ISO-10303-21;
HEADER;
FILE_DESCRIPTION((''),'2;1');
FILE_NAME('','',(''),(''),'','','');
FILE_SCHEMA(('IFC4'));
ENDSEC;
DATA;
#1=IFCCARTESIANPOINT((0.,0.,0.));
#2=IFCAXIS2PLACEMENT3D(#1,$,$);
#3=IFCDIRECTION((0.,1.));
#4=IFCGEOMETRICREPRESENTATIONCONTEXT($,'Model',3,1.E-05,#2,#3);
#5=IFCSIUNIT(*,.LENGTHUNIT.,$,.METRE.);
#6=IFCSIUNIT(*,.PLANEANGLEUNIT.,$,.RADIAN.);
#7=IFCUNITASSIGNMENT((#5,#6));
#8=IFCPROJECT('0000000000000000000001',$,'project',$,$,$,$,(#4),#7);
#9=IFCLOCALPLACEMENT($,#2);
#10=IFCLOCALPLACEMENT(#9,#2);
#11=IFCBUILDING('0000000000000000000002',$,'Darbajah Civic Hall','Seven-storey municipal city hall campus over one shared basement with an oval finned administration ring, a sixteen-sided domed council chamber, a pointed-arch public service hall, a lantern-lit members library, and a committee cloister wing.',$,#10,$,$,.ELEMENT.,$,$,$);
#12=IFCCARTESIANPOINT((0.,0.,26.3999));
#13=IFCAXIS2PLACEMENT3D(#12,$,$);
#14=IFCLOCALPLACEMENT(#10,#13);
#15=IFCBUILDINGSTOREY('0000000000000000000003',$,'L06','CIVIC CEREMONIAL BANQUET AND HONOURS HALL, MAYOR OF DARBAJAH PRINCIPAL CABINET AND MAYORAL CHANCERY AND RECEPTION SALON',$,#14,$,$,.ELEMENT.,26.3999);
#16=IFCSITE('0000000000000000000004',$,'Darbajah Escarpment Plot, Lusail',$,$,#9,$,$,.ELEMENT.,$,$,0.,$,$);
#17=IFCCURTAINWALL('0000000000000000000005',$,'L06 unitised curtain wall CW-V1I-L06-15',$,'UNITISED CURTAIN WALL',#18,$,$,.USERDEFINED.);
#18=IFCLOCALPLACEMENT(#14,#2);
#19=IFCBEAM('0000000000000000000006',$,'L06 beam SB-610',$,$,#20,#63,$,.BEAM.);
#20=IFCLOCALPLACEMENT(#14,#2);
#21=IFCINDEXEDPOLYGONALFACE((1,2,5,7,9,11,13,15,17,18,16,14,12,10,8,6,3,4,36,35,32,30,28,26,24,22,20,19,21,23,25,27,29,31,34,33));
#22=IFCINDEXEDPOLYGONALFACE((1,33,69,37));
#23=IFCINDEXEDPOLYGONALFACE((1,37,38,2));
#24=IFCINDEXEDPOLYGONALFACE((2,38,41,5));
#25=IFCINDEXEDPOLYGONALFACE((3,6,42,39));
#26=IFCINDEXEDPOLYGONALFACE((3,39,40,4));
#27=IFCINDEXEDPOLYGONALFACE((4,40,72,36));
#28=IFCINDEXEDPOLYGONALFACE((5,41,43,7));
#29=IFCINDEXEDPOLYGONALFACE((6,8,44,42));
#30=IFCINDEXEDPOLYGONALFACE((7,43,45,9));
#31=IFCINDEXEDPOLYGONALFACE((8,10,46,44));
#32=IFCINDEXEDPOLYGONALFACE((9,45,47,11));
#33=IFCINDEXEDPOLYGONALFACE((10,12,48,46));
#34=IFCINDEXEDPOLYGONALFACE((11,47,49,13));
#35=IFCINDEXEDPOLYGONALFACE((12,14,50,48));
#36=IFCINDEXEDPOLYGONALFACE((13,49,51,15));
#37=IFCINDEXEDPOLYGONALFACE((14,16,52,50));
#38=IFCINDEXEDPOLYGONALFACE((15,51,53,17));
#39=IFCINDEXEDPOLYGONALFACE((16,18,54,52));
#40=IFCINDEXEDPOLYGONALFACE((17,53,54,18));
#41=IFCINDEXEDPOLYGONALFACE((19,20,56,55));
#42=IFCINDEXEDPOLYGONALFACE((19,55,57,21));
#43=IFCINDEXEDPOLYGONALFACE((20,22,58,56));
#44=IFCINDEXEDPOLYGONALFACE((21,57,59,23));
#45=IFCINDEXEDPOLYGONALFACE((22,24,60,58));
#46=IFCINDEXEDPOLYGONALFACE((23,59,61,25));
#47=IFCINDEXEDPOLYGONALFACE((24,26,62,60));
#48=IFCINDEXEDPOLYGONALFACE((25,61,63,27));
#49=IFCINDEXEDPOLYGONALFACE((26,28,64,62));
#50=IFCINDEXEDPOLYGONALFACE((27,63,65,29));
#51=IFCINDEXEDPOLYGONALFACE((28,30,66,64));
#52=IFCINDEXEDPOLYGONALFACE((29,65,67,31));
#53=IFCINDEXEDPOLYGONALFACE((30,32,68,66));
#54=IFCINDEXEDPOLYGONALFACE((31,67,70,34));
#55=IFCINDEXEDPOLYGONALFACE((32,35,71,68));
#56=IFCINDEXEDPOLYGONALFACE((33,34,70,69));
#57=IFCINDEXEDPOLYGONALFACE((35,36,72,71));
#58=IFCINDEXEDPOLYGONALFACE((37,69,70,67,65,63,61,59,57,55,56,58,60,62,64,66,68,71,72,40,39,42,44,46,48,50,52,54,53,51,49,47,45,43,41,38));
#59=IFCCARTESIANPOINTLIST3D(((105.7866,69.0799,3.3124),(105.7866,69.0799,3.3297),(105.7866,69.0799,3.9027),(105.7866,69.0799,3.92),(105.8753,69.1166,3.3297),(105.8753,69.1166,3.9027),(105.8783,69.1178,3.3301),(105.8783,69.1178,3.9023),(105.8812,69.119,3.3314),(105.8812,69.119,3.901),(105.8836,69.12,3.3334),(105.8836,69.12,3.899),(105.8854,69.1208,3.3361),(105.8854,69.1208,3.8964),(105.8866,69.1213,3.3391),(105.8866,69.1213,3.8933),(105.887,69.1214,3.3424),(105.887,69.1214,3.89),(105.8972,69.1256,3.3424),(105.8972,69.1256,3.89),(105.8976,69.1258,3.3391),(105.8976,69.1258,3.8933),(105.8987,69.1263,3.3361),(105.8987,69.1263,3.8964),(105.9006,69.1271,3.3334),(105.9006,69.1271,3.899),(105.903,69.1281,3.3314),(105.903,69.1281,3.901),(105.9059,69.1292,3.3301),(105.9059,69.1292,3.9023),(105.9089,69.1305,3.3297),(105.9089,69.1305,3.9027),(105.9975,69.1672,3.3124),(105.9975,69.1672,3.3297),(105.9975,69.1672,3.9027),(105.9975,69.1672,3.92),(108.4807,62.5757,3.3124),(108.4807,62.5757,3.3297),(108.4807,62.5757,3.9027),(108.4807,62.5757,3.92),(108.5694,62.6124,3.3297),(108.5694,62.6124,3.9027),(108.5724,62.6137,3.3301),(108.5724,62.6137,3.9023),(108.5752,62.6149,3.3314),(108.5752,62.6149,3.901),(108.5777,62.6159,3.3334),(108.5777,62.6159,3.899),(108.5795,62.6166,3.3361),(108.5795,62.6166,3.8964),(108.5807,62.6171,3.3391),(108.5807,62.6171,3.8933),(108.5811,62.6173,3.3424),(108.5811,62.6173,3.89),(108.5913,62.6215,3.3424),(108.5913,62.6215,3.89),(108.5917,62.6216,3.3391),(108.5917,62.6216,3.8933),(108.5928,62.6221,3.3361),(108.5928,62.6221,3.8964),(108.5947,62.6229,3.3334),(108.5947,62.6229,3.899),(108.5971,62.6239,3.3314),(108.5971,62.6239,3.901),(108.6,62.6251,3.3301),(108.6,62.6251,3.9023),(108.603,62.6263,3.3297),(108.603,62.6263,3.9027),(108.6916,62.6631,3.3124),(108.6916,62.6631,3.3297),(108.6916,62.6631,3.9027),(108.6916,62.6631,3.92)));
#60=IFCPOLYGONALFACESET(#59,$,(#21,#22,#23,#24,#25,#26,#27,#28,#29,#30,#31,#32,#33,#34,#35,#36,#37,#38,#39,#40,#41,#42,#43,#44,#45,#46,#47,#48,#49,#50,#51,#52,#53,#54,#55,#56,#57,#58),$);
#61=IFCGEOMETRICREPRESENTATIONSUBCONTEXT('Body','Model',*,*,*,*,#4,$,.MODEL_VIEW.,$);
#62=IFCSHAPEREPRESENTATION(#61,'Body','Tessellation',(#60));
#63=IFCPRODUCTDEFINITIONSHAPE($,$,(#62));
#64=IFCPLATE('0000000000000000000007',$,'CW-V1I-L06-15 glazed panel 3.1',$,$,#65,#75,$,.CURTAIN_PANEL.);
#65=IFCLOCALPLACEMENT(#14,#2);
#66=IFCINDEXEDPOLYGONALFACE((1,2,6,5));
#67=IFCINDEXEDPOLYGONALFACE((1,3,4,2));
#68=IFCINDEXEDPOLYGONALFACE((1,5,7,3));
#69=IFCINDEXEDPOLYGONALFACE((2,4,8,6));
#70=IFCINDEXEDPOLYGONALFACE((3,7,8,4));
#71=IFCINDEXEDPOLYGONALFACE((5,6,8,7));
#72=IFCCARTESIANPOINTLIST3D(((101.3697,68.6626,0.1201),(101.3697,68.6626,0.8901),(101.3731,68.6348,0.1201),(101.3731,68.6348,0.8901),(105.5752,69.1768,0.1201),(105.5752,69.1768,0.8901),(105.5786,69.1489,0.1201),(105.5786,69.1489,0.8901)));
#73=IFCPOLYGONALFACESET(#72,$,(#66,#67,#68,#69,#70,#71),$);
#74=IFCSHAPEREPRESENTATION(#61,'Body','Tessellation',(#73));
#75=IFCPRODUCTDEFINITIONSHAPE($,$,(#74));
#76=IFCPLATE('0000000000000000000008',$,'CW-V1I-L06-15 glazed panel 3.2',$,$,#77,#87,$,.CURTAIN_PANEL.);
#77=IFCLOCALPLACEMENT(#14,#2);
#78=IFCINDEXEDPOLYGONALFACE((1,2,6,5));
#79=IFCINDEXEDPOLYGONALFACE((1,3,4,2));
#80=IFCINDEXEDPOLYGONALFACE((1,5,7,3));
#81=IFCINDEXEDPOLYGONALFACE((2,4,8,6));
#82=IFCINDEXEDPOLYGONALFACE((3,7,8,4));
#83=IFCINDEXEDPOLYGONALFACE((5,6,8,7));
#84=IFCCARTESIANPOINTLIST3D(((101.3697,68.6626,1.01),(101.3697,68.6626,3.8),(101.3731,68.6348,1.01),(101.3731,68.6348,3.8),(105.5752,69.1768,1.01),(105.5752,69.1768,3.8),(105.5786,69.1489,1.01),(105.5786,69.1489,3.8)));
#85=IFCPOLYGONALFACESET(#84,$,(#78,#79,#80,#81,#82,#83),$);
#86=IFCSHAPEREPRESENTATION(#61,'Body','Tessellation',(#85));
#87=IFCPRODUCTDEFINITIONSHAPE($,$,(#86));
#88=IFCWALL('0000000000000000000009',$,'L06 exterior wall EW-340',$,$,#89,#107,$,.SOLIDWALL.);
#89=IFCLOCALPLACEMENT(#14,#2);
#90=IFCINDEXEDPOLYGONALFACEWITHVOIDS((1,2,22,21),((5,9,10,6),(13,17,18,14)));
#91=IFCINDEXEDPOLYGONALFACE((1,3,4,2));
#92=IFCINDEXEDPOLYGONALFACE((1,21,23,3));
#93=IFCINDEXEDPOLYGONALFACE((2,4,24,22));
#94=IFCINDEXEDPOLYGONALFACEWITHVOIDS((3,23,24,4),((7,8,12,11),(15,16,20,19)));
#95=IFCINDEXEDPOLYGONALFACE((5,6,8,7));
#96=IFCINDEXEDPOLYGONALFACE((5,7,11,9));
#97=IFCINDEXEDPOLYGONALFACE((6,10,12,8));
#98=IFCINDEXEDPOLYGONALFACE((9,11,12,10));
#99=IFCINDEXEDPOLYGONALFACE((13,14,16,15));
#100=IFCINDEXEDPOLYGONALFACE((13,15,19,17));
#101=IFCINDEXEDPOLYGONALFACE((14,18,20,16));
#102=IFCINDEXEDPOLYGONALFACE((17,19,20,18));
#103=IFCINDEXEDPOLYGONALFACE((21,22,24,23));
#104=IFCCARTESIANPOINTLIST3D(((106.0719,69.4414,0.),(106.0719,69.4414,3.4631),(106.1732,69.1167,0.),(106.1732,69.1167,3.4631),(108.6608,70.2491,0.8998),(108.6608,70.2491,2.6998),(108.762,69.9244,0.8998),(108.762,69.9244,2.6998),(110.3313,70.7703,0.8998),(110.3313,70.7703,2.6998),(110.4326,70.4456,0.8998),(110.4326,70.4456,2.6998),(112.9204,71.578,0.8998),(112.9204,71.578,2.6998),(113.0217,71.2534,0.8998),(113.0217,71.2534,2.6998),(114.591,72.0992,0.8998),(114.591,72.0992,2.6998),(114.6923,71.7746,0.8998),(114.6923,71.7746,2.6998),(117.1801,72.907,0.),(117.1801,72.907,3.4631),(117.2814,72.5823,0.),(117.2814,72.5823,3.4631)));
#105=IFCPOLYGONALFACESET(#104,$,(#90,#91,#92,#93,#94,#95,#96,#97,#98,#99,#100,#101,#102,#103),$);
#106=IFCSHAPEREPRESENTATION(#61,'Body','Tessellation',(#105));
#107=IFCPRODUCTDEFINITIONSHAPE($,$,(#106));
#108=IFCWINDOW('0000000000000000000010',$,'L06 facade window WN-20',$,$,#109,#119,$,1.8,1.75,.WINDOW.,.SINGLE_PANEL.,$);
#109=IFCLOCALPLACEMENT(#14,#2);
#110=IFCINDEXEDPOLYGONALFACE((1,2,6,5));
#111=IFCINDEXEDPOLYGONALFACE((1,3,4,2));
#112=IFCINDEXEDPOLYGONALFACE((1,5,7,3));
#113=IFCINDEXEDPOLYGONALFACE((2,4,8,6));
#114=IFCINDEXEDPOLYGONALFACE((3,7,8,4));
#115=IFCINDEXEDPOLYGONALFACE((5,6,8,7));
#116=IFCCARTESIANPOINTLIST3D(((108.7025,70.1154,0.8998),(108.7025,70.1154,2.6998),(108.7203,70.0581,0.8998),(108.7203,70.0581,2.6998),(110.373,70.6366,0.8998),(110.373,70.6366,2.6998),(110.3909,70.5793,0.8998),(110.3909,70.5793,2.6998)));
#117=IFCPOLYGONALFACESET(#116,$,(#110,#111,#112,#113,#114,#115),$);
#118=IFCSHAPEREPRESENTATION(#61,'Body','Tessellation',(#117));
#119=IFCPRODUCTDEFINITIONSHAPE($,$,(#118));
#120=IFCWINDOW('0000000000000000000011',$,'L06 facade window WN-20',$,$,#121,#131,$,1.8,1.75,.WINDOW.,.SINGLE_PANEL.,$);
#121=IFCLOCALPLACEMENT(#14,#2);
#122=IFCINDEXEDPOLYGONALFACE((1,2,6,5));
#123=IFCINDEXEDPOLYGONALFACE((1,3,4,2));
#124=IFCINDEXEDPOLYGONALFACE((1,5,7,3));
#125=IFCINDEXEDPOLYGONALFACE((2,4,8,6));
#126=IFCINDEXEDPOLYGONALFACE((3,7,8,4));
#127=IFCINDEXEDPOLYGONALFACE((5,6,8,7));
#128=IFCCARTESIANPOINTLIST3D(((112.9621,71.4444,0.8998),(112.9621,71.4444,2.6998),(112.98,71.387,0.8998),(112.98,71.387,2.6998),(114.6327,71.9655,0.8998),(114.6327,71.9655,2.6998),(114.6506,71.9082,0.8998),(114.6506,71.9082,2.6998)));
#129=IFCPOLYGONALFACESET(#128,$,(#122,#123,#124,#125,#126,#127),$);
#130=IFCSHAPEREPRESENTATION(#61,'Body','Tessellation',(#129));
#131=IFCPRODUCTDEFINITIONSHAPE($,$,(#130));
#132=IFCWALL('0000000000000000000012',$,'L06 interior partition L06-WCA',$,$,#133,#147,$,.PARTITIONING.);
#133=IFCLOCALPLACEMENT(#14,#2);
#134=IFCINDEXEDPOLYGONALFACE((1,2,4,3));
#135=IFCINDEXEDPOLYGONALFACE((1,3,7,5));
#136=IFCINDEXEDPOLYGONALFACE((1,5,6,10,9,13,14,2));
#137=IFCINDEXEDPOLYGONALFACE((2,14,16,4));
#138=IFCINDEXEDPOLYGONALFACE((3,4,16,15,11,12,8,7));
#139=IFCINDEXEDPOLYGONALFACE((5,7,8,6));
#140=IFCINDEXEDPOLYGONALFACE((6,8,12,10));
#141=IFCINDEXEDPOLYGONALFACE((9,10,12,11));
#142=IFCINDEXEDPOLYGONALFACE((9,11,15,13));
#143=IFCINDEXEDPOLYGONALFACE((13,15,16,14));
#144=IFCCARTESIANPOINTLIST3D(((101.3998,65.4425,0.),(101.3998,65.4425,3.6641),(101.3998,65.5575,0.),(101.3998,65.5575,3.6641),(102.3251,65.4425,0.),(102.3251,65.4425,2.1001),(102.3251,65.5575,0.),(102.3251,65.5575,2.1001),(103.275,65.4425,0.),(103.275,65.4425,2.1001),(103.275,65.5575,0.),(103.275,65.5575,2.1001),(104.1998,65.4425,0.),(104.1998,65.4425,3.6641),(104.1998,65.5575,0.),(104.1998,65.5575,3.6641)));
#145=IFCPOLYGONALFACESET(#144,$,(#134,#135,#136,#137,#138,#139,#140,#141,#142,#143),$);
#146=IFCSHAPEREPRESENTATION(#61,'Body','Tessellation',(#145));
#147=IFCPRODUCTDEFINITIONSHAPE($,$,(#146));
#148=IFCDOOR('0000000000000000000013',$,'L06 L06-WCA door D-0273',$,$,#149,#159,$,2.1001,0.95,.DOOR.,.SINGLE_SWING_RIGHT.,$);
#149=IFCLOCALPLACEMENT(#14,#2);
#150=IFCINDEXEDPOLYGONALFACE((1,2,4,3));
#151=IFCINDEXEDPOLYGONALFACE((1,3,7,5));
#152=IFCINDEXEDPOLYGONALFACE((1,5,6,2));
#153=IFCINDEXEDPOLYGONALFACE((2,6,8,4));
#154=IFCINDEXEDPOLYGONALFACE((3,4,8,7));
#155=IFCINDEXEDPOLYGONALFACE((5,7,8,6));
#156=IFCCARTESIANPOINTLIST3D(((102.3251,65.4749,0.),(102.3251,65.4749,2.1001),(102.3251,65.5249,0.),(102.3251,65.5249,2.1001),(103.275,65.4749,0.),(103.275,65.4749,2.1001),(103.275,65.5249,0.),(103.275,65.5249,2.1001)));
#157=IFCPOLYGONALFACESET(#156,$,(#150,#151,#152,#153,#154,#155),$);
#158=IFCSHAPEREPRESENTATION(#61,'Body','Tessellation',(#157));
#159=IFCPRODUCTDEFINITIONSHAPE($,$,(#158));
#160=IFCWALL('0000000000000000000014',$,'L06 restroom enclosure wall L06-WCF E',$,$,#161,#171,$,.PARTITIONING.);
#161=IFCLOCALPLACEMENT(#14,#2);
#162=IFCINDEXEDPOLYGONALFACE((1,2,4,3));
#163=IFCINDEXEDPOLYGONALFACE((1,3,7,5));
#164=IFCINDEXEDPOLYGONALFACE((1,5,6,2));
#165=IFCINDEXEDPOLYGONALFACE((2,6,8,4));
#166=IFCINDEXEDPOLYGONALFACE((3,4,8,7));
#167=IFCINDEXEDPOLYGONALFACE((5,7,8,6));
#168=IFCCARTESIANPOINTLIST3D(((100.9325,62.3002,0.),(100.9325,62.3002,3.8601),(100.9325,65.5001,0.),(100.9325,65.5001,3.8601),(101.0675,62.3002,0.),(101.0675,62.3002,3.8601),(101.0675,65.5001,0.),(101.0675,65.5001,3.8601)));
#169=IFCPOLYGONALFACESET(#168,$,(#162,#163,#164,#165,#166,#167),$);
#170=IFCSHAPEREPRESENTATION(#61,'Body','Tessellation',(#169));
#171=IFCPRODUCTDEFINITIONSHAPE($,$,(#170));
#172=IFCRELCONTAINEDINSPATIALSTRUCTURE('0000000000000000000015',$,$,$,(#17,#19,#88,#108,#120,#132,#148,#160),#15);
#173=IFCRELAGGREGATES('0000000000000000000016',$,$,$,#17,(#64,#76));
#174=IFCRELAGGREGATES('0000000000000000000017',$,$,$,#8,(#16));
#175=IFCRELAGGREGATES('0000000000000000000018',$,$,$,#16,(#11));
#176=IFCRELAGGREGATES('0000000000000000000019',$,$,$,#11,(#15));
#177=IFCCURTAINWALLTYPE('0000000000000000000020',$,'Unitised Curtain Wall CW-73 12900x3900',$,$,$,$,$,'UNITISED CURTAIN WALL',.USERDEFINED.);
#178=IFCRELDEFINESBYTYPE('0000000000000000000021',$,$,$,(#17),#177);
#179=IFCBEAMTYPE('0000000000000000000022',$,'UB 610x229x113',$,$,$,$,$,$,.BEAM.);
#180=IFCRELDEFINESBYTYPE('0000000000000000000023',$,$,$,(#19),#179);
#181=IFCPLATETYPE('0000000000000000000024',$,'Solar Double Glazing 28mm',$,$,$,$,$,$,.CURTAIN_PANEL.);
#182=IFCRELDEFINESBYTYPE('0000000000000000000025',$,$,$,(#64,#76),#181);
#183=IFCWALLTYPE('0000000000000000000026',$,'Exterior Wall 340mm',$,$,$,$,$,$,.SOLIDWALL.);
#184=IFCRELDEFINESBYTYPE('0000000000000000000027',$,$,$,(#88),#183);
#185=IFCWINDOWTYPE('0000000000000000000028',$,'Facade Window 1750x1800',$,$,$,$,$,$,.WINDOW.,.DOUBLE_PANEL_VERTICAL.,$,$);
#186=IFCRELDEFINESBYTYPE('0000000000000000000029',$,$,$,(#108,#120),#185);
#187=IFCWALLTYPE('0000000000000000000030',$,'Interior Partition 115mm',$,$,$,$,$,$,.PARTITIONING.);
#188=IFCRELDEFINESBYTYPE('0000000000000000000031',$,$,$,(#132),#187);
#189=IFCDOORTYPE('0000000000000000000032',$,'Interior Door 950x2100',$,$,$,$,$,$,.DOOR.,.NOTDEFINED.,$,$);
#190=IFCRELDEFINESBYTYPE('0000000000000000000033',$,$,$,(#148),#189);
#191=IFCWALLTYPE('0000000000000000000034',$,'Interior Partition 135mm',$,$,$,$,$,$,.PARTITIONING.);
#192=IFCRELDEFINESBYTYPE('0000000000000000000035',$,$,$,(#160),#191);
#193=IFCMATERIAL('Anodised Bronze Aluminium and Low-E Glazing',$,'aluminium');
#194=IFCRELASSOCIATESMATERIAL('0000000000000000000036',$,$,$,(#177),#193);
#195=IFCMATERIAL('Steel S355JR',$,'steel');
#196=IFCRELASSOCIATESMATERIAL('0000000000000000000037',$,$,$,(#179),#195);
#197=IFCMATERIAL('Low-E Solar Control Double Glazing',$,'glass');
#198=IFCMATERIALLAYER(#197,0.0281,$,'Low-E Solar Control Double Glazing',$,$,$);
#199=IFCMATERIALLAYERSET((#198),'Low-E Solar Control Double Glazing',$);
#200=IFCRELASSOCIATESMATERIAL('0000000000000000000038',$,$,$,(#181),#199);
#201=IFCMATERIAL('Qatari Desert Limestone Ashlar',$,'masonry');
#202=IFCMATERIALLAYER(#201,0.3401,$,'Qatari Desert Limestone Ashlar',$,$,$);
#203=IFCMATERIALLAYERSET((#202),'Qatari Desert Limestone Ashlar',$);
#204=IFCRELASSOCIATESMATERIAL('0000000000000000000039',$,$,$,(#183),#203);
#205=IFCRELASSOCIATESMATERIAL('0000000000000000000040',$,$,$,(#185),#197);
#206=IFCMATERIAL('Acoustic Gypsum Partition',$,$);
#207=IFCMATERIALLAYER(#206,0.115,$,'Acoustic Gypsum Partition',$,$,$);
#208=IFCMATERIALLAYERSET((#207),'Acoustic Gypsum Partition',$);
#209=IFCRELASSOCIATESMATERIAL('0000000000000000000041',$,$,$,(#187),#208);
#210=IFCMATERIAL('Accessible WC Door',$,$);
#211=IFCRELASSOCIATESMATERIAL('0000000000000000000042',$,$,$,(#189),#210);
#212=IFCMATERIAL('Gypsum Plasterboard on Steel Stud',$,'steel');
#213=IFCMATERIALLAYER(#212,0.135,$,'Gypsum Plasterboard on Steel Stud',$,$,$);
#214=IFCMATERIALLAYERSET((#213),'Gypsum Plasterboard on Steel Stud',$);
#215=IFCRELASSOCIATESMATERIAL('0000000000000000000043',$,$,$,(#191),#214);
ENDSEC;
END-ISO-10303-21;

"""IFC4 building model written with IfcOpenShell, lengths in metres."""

from ifc_helpers import new_model, si_unit, direction, frame, frame_2d, origin, origin_2d, place, context, subcontext, project, spatial, rectangle, i_section, extrude, material, layer, layer_set, material_profile, profile_set, type_object, element, fill, aggregate, save


model = new_model("IFC4")

# Units and contexts
model_context = context("Model", 3, precision=1e-05, world=origin(), true_north=direction((0.0, 1.0)))
body_context = subcontext(model_context, "Body", "Model", "MODEL_VIEW")
ifc_project = project(units=[si_unit("LENGTHUNIT", "METRE"), si_unit("PLANEANGLEUNIT", "RADIAN")], contexts=[model_context])

# Site, building, storey
site_placement = place(None, origin())
site = spatial("IfcSite", under=ifc_project, at=site_placement, Name="Darbajah Escarpment Plot, Lusail", CompositionType="ELEMENT", RefElevation=0.0)
building_placement = place(site_placement, origin())
building = spatial("IfcBuilding", under=site, at=building_placement, Name="Darbajah Civic Hall", Description="Seven-storey municipal city hall campus over one shared basement with an oval finned administration ring, a sixteen-sided domed council chamber, a pointed-arch public service hall, a lantern-lit members library, and a committee cloister wing.", CompositionType="ELEMENT")
storey_placement = place(building_placement, frame((0.0, 0.0, 26.3999)))
storey = spatial("IfcBuildingStorey", under=building, at=storey_placement, Name="L06", Description="CIVIC CEREMONIAL BANQUET AND HONOURS HALL, MAYOR OF DARBAJAH PRINCIPAL CABINET AND MAYORAL CHANCERY AND RECEPTION SALON", CompositionType="ELEMENT", Elevation=26.3999)

# Curtain wall
ifc_material_1 = material(Name="Anodised Bronze Aluminium and Low-E Glazing", Category="aluminium")
curtain_wall_type_1 = type_object("IfcCurtainWallType", Name="Unitised Curtain Wall CW-73 12900x3900", ElementType="UNITISED CURTAIN WALL", PredefinedType="USERDEFINED", material=ifc_material_1)
curtain_wall_1_placement = place(storey_placement, origin())
curtain_wall_1 = element("IfcCurtainWall", 1, at=curtain_wall_1_placement, inside=storey, type_object=curtain_wall_type_1, Name="L06 unitised curtain wall CW-V1I-L06-15", ObjectType="UNITISED CURTAIN WALL", PredefinedType="USERDEFINED")

# Beam
ifc_material_2 = material(Name="Steel S355JR", Category="steel")
ifc_material_profile_1 = material_profile(ifc_material_2, i_section(OverallWidth=0.2283, OverallDepth=0.6077, WebThickness=0.011, FlangeThickness=0.0173, FilletRadius=0.0127, at=origin_2d()), Name="UB 610x229x113")
ifc_profile_set_1 = profile_set([ifc_material_profile_1], Name="Steel S355JR")
beam_type_1 = type_object("IfcBeamType", Name="UB 610x229x113", PredefinedType="BEAM", material=ifc_profile_set_1)
beam_1_placement = place(storey_placement, frame((105.8921, 69.1235, 3.6162), z_axis=(0.382682, -0.92388, 0.0), x_axis=(0.92388, 0.382682, 0.0)))
element("IfcBeam", 2, at=beam_1_placement, inside=storey, type_object=beam_type_1, Name="L06 beam SB-610", PredefinedType="BEAM", context=body_context, shape_type="SweptSolid", body=[
    extrude(i_section(OverallWidth=0.2283, OverallDepth=0.6077, WebThickness=0.011, FlangeThickness=0.0173, FilletRadius=0.0127, at=origin_2d()), origin(), (0.0, 0.0, 1.0), 7.04),
])

# Plates
ifc_material_3 = material(Name="Low-E Solar Control Double Glazing", Category="glass")
ifc_layer_1 = layer(ifc_material_3, 0.0281, Name="Low-E Solar Control Double Glazing")
ifc_layer_set_1 = layer_set([ifc_layer_1], Name="Low-E Solar Control Double Glazing")
plate_type = type_object("IfcPlateType", Name="Solar Double Glazing 28mm", PredefinedType="CURTAIN_PANEL", material=ifc_layer_set_1)
plate_1_placement = place(storey_placement, frame((103.4741, 68.9058, 0.1201), z_axis=(0.0, 0.0, 1.0), x_axis=(0.99261, 0.12135, 0.0)))
plate_1 = element("IfcPlate", 3, at=plate_1_placement, type_object=plate_type, Name="CW-V1I-L06-15 glazed panel 3.1", PredefinedType="CURTAIN_PANEL", context=body_context, shape_type="SweptSolid", body=[
    extrude(rectangle(XDim=4.2368, YDim=0.0281, at=origin_2d()), origin(), (0.0, 0.0, 1.0), 0.77),
])
plate_2_placement = place(storey_placement, frame((103.4741, 68.9058, 1.01), z_axis=(0.0, 0.0, 1.0), x_axis=(0.99261, 0.12135, 0.0)))
plate_2 = element("IfcPlate", 4, at=plate_2_placement, type_object=plate_type, Name="CW-V1I-L06-15 glazed panel 3.2", PredefinedType="CURTAIN_PANEL", context=body_context, shape_type="SweptSolid", body=[
    extrude(rectangle(XDim=4.2368, YDim=0.0281, at=origin_2d()), origin(), (0.0, 0.0, 1.0), 2.79),
])
aggregate(curtain_wall_1, [plate_1, plate_2])

# Wall, openings, windows
ifc_material_4 = material(Name="Qatari Desert Limestone Ashlar", Category="masonry")
ifc_layer_2 = layer(ifc_material_4, 0.3401, Name="Qatari Desert Limestone Ashlar")
ifc_layer_set_2 = layer_set([ifc_layer_2], Name="Qatari Desert Limestone Ashlar")
wall_type_1 = type_object("IfcWallType", Name="Exterior Wall 340mm", PredefinedType="SOLIDWALL", material=ifc_layer_set_2)
wall_1_placement = place(storey_placement, frame((106.1226, 69.2791, 0.0), z_axis=(0.0, 0.0, 1.0), x_axis=(0.95462, 0.297827, 0.0)))
wall_1 = element("IfcWall", 5, at=wall_1_placement, inside=storey, type_object=wall_type_1, Name="L06 exterior wall EW-340", PredefinedType="SOLIDWALL", context=body_context, shape_type="SweptSolid", body=[
    extrude(rectangle(XDim=11.6362, YDim=0.3401, at=frame_2d((5.8181, 0.0))), origin(), (0.0, 0.0, 1.0), 3.4631),
])
opening_1_placement = place(wall_1_placement, frame((2.7119, 0.0, 0.8999)))
opening_1 = element("IfcOpeningElement", 6, at=opening_1_placement, cuts=wall_1, PredefinedType="OPENING", context=body_context, shape_type="SweptSolid", body=[
    extrude(rectangle(XDim=1.75, YDim=1.8, at=frame_2d((0.875, 0.8999))), frame((0.0, 0.1799, 0.0), z_axis=(0.0, -1.0, 0.0), x_axis=(1.0, 0.0, 0.0)), (0.0, 0.0, 1.0), 0.3601),
])
opening_2_placement = place(wall_1_placement, frame((7.1741, 0.0, 0.8999)))
opening_2 = element("IfcOpeningElement", 7, at=opening_2_placement, cuts=wall_1, PredefinedType="OPENING", context=body_context, shape_type="SweptSolid", body=[
    extrude(rectangle(XDim=1.75, YDim=1.8, at=frame_2d((0.875, 0.8999))), frame((0.0, 0.1799, 0.0), z_axis=(0.0, -1.0, 0.0), x_axis=(1.0, 0.0, 0.0)), (0.0, 0.0, 1.0), 0.3601),
])
window_type = type_object("IfcWindowType", Name="Facade Window 1750x1800", PartitioningType="DOUBLE_PANEL_VERTICAL", PredefinedType="WINDOW", material=ifc_material_3)
window_1_placement = place(opening_1_placement, origin())
window_1 = element("IfcWindow", 8, at=window_1_placement, inside=storey, type_object=window_type, Name="L06 facade window WN-20", OverallHeight=1.8, OverallWidth=1.75, PartitioningType="SINGLE_PANEL", PredefinedType="WINDOW", context=body_context, shape_type="SweptSolid", body=[
    extrude(rectangle(XDim=1.75, YDim=1.8, at=frame_2d((0.875, 0.8999))), frame((0.0, 0.03, 0.0), z_axis=(0.0, -1.0, 0.0), x_axis=(1.0, 0.0, 0.0)), (0.0, 0.0, 1.0), 0.0601),
])
fill(opening_1, window_1)
window_2_placement = place(opening_2_placement, origin())
window_2 = element("IfcWindow", 9, at=window_2_placement, inside=storey, type_object=window_type, Name="L06 facade window WN-20", OverallHeight=1.8, OverallWidth=1.75, PartitioningType="SINGLE_PANEL", PredefinedType="WINDOW", context=body_context, shape_type="SweptSolid", body=[
    extrude(rectangle(XDim=1.75, YDim=1.8, at=frame_2d((0.875, 0.8999))), frame((0.0, 0.03, 0.0), z_axis=(0.0, -1.0, 0.0), x_axis=(1.0, 0.0, 0.0)), (0.0, 0.0, 1.0), 0.0601),
])
fill(opening_2, window_2)

# Wall, opening, door
ifc_material_5 = material(Name="Acoustic Gypsum Partition")
ifc_layer_3 = layer(ifc_material_5, 0.115, Name="Acoustic Gypsum Partition")
ifc_layer_set_3 = layer_set([ifc_layer_3], Name="Acoustic Gypsum Partition")
wall_type_2 = type_object("IfcWallType", Name="Interior Partition 115mm", PredefinedType="PARTITIONING", material=ifc_layer_set_3)
wall_2_placement = place(storey_placement, frame((101.3999, 65.5, 0.0), z_axis=(0.0, 0.0, 1.0), x_axis=(1.0, 0.0, 0.0)))
wall_2 = element("IfcWall", 10, at=wall_2_placement, inside=storey, type_object=wall_type_2, Name="L06 interior partition L06-WCA", PredefinedType="PARTITIONING", context=body_context, shape_type="SweptSolid", body=[
    extrude(rectangle(XDim=2.8, YDim=0.115, at=frame_2d((1.3999, 0.0))), origin(), (0.0, 0.0, 1.0), 3.6641),
])
opening_3_placement = place(wall_2_placement, frame((0.925, 0.0, 0.0)))
opening_3 = element("IfcOpeningElement", 11, at=opening_3_placement, cuts=wall_2, PredefinedType="OPENING", context=body_context, shape_type="SweptSolid", body=[
    extrude(rectangle(XDim=0.95, YDim=2.1001, at=frame_2d((0.4751, 1.05))), frame((0.0, 0.0674, 0.0), z_axis=(0.0, -1.0, 0.0), x_axis=(1.0, 0.0, 0.0)), (0.0, 0.0, 1.0), 0.135),
])
ifc_material_6 = material(Name="Accessible WC Door")
door_type = type_object("IfcDoorType", Name="Interior Door 950x2100", OperationType="NOTDEFINED", PredefinedType="DOOR", material=ifc_material_6)
door_placement = place(opening_3_placement, origin())
door = element("IfcDoor", 12, at=door_placement, inside=storey, type_object=door_type, Name="L06 L06-WCA door D-0273", OperationType="SINGLE_SWING_RIGHT", OverallHeight=2.1001, OverallWidth=0.95, PredefinedType="DOOR", context=body_context, shape_type="SweptSolid", body=[
    extrude(rectangle(XDim=0.95, YDim=2.1001, at=frame_2d((0.4751, 1.05))), frame((0.0, 0.0249, 0.0), z_axis=(0.0, -1.0, 0.0), x_axis=(1.0, 0.0, 0.0)), (0.0, 0.0, 1.0), 0.05),
])
fill(opening_3, door)

# Wall
ifc_material_7 = material(Name="Gypsum Plasterboard on Steel Stud", Category="steel")
ifc_layer_4 = layer(ifc_material_7, 0.135, Name="Gypsum Plasterboard on Steel Stud")
ifc_layer_set_4 = layer_set([ifc_layer_4], Name="Gypsum Plasterboard on Steel Stud")
wall_type_3 = type_object("IfcWallType", Name="Interior Partition 135mm", PredefinedType="PARTITIONING", material=ifc_layer_set_4)
wall_3_placement = place(storey_placement, frame((101.0, 62.3, 0.0), z_axis=(0.0, 0.0, 1.0), x_axis=(0.0, 1.0, 0.0)))
element("IfcWall", 13, at=wall_3_placement, inside=storey, type_object=wall_type_3, Name="L06 restroom enclosure wall L06-WCF E", PredefinedType="PARTITIONING", context=body_context, shape_type="SweptSolid", body=[
    extrude(rectangle(XDim=3.2, YDim=0.135, at=frame_2d((1.6001, 0.0))), origin(), (0.0, 0.0, 1.0), 3.8601),
])

save(model, "model.ifc")
